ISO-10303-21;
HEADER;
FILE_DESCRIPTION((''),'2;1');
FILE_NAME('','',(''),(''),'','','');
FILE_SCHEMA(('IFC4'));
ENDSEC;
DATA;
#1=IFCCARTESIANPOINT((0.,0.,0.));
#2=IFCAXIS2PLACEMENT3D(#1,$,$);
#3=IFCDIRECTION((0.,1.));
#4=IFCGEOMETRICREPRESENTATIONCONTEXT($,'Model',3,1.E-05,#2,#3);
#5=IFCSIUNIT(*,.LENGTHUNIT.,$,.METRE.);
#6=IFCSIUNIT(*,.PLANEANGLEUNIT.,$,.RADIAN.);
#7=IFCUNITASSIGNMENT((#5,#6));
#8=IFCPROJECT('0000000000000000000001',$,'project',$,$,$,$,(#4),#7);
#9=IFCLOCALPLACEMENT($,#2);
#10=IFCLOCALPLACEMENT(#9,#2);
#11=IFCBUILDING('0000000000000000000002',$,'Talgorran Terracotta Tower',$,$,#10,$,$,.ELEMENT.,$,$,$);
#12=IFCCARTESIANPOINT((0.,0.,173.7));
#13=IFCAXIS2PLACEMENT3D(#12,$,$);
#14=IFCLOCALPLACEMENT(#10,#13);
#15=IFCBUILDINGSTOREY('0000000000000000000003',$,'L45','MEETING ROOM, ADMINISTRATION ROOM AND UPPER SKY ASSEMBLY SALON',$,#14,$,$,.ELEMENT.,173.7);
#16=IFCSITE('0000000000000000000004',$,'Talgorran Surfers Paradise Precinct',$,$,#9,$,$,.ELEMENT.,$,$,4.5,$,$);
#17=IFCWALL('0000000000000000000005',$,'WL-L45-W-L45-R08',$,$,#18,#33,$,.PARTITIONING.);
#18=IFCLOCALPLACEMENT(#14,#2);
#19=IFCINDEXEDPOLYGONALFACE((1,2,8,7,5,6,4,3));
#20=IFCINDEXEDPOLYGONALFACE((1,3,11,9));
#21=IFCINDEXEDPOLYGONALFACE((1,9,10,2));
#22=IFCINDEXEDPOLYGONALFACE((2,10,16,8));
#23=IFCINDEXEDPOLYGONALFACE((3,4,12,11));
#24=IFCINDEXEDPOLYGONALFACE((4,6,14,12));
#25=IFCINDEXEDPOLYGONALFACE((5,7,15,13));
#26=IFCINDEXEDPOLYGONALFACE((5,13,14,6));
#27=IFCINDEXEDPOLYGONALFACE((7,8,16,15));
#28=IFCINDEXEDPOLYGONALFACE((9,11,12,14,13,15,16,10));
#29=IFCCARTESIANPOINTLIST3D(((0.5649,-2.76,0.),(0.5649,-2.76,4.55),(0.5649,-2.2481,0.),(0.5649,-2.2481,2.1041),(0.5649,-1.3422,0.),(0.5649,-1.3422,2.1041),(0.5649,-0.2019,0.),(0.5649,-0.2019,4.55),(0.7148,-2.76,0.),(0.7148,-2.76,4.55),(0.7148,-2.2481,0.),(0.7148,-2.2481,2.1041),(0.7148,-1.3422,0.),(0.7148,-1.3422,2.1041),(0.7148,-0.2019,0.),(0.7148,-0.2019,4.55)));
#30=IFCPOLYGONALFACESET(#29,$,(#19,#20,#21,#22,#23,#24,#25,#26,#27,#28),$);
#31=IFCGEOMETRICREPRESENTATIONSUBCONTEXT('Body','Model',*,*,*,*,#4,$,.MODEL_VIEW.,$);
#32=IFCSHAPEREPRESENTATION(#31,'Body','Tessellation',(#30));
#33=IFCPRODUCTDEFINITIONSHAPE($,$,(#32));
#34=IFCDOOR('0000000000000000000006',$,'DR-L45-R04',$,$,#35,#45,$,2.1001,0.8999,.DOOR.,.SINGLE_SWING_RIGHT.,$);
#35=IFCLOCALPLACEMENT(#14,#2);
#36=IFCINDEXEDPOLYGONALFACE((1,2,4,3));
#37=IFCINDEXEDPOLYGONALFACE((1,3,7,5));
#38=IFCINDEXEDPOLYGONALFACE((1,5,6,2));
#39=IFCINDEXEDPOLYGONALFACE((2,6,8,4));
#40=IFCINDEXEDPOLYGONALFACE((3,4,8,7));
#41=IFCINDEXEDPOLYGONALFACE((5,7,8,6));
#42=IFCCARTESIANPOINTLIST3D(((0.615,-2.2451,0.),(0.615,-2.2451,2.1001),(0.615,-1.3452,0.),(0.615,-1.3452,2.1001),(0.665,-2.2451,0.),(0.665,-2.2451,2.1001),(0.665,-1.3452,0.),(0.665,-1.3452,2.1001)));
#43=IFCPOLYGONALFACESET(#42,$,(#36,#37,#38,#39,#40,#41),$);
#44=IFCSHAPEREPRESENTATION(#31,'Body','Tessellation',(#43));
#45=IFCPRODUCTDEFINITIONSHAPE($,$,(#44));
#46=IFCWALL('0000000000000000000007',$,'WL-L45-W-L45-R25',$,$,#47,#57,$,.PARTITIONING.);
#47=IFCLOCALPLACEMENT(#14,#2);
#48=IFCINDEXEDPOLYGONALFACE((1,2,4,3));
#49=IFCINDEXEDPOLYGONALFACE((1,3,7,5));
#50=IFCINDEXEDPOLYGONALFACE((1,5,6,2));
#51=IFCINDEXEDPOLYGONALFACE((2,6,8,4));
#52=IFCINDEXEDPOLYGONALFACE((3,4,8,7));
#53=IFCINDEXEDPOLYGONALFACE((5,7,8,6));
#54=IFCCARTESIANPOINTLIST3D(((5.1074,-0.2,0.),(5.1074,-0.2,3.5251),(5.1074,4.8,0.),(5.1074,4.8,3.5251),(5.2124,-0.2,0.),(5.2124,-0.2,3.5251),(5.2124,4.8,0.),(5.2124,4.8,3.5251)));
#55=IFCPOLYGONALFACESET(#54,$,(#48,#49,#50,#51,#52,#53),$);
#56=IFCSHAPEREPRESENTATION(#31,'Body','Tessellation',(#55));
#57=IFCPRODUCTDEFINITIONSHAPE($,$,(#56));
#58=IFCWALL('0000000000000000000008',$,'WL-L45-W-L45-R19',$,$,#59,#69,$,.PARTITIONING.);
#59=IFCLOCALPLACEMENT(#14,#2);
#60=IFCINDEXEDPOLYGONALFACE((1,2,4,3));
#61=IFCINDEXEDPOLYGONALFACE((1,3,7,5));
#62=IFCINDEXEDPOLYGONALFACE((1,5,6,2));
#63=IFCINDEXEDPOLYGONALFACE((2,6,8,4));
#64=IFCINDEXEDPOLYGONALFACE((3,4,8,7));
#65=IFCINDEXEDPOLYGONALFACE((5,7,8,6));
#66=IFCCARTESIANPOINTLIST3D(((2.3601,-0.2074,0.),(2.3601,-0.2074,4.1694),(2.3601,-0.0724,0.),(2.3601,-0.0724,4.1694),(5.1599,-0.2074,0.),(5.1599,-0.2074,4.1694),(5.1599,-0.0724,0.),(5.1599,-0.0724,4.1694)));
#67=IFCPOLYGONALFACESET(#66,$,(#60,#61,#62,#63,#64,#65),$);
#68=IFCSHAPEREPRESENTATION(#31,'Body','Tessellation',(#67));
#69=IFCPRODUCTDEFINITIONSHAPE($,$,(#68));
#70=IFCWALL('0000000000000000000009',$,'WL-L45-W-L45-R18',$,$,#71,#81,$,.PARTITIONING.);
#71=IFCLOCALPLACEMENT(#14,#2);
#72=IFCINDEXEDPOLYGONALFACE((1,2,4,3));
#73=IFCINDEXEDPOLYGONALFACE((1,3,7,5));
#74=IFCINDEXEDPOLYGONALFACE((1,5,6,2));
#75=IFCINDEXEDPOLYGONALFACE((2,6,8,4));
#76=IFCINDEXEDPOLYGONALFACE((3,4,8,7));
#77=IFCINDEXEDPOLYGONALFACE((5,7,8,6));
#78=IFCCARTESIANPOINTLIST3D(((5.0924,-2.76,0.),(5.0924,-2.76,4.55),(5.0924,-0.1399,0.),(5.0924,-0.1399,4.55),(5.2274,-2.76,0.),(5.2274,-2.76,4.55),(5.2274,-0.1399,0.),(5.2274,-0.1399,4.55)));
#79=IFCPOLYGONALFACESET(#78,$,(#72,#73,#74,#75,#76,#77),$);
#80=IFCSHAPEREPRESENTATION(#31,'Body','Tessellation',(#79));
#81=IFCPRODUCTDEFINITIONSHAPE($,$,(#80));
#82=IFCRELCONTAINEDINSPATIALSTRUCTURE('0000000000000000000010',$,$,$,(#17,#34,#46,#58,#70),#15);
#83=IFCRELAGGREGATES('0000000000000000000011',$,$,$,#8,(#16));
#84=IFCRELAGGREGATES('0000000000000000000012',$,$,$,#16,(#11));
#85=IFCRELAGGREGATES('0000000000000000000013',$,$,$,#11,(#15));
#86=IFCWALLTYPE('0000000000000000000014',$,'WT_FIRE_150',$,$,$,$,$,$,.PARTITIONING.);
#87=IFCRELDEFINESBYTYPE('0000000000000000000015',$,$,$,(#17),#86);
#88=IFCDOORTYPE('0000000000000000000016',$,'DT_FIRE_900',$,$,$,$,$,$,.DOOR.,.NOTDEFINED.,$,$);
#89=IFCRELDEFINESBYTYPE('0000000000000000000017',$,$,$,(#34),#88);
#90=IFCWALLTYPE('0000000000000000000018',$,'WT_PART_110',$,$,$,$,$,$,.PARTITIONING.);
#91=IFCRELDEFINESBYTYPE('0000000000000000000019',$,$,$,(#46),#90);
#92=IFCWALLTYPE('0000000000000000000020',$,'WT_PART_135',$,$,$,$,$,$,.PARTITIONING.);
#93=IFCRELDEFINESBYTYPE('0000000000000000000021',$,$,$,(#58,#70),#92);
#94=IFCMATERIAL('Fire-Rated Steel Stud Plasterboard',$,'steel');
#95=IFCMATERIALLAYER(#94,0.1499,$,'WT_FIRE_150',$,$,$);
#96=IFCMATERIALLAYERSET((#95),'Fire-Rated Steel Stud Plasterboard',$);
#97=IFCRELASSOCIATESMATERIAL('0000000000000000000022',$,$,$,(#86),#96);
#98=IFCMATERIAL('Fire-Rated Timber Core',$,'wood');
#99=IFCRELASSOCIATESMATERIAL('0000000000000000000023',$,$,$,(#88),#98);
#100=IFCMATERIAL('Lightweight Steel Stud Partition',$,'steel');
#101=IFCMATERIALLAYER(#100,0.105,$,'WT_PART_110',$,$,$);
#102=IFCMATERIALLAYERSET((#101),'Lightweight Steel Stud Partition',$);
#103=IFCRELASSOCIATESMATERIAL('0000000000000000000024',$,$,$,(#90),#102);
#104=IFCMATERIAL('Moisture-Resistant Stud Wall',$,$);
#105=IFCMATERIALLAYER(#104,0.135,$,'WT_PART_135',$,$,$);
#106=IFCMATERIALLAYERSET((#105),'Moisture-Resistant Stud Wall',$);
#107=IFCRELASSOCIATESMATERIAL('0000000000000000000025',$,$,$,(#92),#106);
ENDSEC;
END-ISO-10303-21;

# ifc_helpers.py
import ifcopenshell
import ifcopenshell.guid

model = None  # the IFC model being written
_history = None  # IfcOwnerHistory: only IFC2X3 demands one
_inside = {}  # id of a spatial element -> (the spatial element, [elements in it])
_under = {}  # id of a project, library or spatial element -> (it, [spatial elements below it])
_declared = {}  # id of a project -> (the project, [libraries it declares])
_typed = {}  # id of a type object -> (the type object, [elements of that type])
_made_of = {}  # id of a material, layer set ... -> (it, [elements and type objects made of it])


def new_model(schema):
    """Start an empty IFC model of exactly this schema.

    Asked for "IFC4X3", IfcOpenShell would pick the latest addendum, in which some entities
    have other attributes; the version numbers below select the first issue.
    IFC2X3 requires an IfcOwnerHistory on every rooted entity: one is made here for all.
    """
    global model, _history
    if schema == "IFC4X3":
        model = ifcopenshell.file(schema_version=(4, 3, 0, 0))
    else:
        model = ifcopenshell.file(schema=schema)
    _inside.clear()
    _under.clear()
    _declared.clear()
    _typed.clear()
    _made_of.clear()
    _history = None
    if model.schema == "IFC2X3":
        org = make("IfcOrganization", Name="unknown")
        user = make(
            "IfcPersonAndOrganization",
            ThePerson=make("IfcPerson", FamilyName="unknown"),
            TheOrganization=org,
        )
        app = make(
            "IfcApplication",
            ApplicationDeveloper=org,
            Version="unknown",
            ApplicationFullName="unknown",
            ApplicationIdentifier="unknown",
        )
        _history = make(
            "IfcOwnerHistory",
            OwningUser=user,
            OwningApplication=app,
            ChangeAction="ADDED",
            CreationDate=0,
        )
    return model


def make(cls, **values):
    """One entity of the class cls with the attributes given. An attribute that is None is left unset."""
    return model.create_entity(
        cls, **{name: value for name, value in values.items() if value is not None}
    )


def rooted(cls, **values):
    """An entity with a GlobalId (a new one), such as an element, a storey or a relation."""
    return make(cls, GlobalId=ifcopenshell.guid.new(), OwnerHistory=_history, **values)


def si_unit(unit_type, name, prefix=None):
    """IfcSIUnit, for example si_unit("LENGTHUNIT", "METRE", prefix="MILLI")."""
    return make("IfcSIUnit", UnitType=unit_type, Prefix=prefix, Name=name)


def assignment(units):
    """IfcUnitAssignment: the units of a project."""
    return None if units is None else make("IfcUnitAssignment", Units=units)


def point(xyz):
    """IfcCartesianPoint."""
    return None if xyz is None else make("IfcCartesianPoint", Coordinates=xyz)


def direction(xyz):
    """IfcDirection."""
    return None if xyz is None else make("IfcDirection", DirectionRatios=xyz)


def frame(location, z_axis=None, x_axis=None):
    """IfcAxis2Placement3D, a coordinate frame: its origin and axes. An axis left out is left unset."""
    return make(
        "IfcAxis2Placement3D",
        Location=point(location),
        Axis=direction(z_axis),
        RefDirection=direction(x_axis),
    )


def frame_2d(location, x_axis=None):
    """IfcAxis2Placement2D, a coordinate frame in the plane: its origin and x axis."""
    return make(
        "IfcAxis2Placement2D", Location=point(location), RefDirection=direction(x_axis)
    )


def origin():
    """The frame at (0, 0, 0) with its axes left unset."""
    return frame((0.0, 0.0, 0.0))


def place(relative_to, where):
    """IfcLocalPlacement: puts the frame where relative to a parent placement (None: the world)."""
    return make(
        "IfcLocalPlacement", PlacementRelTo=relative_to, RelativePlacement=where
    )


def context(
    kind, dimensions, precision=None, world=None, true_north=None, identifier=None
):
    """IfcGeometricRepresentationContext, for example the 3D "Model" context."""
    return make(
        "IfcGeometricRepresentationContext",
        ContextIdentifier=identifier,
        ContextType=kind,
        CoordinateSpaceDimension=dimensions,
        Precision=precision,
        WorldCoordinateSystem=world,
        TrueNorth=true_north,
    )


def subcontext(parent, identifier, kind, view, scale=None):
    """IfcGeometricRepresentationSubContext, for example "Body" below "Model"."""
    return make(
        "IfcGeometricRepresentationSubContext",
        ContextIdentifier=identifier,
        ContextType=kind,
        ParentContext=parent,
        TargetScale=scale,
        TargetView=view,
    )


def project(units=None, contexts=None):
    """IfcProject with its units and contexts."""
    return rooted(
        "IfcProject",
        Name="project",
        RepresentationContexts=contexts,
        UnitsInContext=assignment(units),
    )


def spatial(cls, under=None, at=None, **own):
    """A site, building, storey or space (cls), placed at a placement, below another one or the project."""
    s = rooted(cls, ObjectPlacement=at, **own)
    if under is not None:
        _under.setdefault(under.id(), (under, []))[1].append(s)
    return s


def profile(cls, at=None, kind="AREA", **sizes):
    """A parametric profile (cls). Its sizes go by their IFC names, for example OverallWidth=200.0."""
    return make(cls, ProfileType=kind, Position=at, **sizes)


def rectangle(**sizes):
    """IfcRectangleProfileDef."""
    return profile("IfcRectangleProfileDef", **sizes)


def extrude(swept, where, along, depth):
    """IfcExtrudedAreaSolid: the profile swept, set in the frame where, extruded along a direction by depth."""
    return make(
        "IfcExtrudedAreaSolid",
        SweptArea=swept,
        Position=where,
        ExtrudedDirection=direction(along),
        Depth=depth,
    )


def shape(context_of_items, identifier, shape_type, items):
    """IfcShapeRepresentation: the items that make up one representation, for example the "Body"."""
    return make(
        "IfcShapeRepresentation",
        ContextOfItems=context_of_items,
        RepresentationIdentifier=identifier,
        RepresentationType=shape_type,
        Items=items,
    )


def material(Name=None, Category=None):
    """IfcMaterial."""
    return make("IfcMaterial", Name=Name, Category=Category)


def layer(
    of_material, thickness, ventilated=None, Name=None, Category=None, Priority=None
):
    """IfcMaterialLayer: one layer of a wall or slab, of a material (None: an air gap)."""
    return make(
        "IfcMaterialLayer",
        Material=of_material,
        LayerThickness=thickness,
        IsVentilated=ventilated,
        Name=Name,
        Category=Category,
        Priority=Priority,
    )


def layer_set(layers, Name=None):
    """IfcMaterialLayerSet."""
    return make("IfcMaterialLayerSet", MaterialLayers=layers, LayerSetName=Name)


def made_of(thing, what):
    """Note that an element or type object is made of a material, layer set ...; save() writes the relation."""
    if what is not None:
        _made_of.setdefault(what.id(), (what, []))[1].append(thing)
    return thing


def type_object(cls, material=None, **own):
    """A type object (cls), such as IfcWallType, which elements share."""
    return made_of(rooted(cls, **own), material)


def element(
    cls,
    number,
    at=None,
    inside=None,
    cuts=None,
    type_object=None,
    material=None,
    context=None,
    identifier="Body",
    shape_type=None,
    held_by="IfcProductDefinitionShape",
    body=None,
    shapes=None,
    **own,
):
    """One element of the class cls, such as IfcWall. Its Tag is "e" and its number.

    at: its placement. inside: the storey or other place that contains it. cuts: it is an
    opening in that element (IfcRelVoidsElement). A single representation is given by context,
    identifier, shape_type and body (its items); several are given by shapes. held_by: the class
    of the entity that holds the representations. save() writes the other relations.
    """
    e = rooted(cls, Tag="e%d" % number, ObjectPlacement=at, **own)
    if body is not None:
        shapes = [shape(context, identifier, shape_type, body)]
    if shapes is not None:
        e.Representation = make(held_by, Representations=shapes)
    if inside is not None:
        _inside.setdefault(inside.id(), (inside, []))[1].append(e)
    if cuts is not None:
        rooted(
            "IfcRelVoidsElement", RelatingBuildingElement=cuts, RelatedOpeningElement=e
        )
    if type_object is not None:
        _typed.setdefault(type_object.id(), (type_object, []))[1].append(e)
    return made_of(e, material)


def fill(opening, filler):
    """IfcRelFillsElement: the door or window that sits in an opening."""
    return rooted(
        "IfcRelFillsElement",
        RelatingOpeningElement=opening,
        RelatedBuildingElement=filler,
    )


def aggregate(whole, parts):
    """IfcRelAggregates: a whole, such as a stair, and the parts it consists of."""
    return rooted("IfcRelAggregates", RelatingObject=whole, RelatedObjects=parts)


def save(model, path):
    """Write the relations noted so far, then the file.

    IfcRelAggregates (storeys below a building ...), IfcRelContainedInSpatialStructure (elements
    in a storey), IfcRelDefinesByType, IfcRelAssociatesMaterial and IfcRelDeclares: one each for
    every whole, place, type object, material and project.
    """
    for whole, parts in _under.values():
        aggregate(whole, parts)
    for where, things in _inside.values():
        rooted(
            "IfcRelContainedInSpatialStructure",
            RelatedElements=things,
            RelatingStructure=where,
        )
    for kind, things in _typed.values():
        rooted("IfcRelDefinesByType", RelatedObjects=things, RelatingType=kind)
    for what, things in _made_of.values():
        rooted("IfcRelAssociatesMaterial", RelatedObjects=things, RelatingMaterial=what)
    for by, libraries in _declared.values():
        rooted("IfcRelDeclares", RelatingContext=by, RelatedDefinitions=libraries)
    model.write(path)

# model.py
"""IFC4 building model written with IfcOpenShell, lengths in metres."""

from ifc_helpers import new_model, si_unit, direction, frame, frame_2d, origin, place, context, subcontext, project, spatial, rectangle, extrude, material, layer, layer_set, type_object, element, fill, save


model = new_model("IFC4")

# Units and contexts
model_context = context("Model", 3, precision=1e-05, world=origin(), true_north=direction((0.0, 1.0)))
body_context = subcontext(model_context, "Body", "Model", "MODEL_VIEW")
ifc_project = project(units=[si_unit("LENGTHUNIT", "METRE"), si_unit("PLANEANGLEUNIT", "RADIAN")], contexts=[model_context])

# Site, building, storey
site_placement = place(None, origin())
site = spatial("IfcSite", under=ifc_project, at=site_placement, Name="Talgorran Surfers Paradise Precinct", CompositionType="ELEMENT", RefElevation=4.5)
building_placement = place(site_placement, origin())
building = spatial("IfcBuilding", under=site, at=building_placement, Name="Talgorran Terracotta Tower", CompositionType="ELEMENT")
storey_placement = place(building_placement, frame((0.0, 0.0, 173.7)))
storey = spatial("IfcBuildingStorey", under=building, at=storey_placement, Name="L45", Description="MEETING ROOM, ADMINISTRATION ROOM AND UPPER SKY ASSEMBLY SALON", CompositionType="ELEMENT", Elevation=173.7)

# Shared definitions
ifc_material_1 = material(Name="Fire-Rated Steel Stud Plasterboard", Category="steel")
ifc_layer_1 = layer(ifc_material_1, 0.1499, Name="WT_FIRE_150")
ifc_layer_set_1 = layer_set([ifc_layer_1], Name="Fire-Rated Steel Stud Plasterboard")
wall_type_1 = type_object("IfcWallType", Name="WT_FIRE_150", PredefinedType="PARTITIONING", material=ifc_layer_set_1)

# Shared definitions
ifc_material_2 = material(Name="Fire-Rated Timber Core", Category="wood")
door_type = type_object("IfcDoorType", Name="DT_FIRE_900", OperationType="NOTDEFINED", PredefinedType="DOOR", material=ifc_material_2)

# Wall, opening, door
wall_1_placement = place(storey_placement, frame((0.6399, -2.76, 0.0), z_axis=(0.0, 0.0, 1.0), x_axis=(0.0, 1.0, 0.0)))
wall_1 = element("IfcWall", 1, at=wall_1_placement, inside=storey, type_object=wall_type_1, Name="WL-L45-W-L45-R08", PredefinedType="PARTITIONING", context=body_context, shape_type="SweptSolid", body=[
    extrude(rectangle(XDim=2.5581, YDim=0.1499, at=frame_2d((1.2791, 0.0))), origin(), (0.0, 0.0, 1.0), 4.55),
])
opening_1_placement = place(wall_1_placement, frame((0.5149, 0.0, 0.0)))
opening_1 = element("IfcOpeningElement", 2, at=opening_1_placement, cuts=wall_1, PredefinedType="OPENING", context=body_context, shape_type="SweptSolid", body=[
    extrude(rectangle(XDim=0.9059, YDim=2.1041, at=frame_2d((0.45, 1.052))), frame((0.0, 0.085, 0.0), z_axis=(0.0, -1.0, 0.0), x_axis=(1.0, 0.0, 0.0)), (0.0, 0.0, 1.0), 0.1699),
])
door_1_placement = place(opening_1_placement, origin())
door_1 = element("IfcDoor", 3, at=door_1_placement, inside=storey, type_object=door_type, Name="DR-L45-R04", OperationType="SINGLE_SWING_RIGHT", OverallHeight=2.1001, OverallWidth=0.8999, PredefinedType="DOOR", context=body_context, shape_type="SweptSolid", body=[
    extrude(rectangle(XDim=0.8999, YDim=2.1001, at=frame_2d((0.45, 1.05))), frame((0.0, 0.0249, 0.0), z_axis=(0.0, -1.0, 0.0), x_axis=(1.0, 0.0, 0.0)), (0.0, 0.0, 1.0), 0.05),
])
fill(opening_1, door_1)

# Walls
ifc_material_3 = material(Name="Lightweight Steel Stud Partition", Category="steel")
ifc_layer_2 = layer(ifc_material_3, 0.105, Name="WT_PART_110")
ifc_layer_set_2 = layer_set([ifc_layer_2], Name="Lightweight Steel Stud Partition")
wall_type_2 = type_object("IfcWallType", Name="WT_PART_110", PredefinedType="PARTITIONING", material=ifc_layer_set_2)
wall_2_placement = place(storey_placement, frame((5.1599, -0.2, 0.0), z_axis=(0.0, 0.0, 1.0), x_axis=(0.0, 1.0, 0.0)))
element("IfcWall", 4, at=wall_2_placement, inside=storey, type_object=wall_type_2, Name="WL-L45-W-L45-R25", PredefinedType="PARTITIONING", context=body_context, shape_type="SweptSolid", body=[
    extrude(rectangle(XDim=5.0, YDim=0.105, at=frame_2d((2.5, 0.0))), origin(), (0.0, 0.0, 1.0), 3.5251),
])
ifc_material_4 = material(Name="Moisture-Resistant Stud Wall")
ifc_layer_3 = layer(ifc_material_4, 0.135, Name="WT_PART_135")
ifc_layer_set_3 = layer_set([ifc_layer_3], Name="Moisture-Resistant Stud Wall")
wall_type_3 = type_object("IfcWallType", Name="WT_PART_135", PredefinedType="PARTITIONING", material=ifc_layer_set_3)
wall_3_placement = place(storey_placement, frame((2.3601, -0.1399, 0.0), z_axis=(0.0, 0.0, 1.0), x_axis=(1.0, 0.0, 0.0)))
element("IfcWall", 5, at=wall_3_placement, inside=storey, type_object=wall_type_3, Name="WL-L45-W-L45-R19", PredefinedType="PARTITIONING", context=body_context, shape_type="SweptSolid", body=[
    extrude(rectangle(XDim=2.7998, YDim=0.135, at=frame_2d((1.3999, 0.0))), origin(), (0.0, 0.0, 1.0), 4.1694),
])
wall_4_placement = place(storey_placement, frame((5.1599, -2.76, 0.0), z_axis=(0.0, 0.0, 1.0), x_axis=(0.0, 1.0, 0.0)))
element("IfcWall", 6, at=wall_4_placement, inside=storey, type_object=wall_type_3, Name="WL-L45-W-L45-R18", PredefinedType="PARTITIONING", context=body_context, shape_type="SweptSolid", body=[
    extrude(rectangle(XDim=2.6201, YDim=0.135, at=frame_2d((1.3101, 0.0))), origin(), (0.0, 0.0, 1.0), 4.55),
])

save(model, "model.ifc")
